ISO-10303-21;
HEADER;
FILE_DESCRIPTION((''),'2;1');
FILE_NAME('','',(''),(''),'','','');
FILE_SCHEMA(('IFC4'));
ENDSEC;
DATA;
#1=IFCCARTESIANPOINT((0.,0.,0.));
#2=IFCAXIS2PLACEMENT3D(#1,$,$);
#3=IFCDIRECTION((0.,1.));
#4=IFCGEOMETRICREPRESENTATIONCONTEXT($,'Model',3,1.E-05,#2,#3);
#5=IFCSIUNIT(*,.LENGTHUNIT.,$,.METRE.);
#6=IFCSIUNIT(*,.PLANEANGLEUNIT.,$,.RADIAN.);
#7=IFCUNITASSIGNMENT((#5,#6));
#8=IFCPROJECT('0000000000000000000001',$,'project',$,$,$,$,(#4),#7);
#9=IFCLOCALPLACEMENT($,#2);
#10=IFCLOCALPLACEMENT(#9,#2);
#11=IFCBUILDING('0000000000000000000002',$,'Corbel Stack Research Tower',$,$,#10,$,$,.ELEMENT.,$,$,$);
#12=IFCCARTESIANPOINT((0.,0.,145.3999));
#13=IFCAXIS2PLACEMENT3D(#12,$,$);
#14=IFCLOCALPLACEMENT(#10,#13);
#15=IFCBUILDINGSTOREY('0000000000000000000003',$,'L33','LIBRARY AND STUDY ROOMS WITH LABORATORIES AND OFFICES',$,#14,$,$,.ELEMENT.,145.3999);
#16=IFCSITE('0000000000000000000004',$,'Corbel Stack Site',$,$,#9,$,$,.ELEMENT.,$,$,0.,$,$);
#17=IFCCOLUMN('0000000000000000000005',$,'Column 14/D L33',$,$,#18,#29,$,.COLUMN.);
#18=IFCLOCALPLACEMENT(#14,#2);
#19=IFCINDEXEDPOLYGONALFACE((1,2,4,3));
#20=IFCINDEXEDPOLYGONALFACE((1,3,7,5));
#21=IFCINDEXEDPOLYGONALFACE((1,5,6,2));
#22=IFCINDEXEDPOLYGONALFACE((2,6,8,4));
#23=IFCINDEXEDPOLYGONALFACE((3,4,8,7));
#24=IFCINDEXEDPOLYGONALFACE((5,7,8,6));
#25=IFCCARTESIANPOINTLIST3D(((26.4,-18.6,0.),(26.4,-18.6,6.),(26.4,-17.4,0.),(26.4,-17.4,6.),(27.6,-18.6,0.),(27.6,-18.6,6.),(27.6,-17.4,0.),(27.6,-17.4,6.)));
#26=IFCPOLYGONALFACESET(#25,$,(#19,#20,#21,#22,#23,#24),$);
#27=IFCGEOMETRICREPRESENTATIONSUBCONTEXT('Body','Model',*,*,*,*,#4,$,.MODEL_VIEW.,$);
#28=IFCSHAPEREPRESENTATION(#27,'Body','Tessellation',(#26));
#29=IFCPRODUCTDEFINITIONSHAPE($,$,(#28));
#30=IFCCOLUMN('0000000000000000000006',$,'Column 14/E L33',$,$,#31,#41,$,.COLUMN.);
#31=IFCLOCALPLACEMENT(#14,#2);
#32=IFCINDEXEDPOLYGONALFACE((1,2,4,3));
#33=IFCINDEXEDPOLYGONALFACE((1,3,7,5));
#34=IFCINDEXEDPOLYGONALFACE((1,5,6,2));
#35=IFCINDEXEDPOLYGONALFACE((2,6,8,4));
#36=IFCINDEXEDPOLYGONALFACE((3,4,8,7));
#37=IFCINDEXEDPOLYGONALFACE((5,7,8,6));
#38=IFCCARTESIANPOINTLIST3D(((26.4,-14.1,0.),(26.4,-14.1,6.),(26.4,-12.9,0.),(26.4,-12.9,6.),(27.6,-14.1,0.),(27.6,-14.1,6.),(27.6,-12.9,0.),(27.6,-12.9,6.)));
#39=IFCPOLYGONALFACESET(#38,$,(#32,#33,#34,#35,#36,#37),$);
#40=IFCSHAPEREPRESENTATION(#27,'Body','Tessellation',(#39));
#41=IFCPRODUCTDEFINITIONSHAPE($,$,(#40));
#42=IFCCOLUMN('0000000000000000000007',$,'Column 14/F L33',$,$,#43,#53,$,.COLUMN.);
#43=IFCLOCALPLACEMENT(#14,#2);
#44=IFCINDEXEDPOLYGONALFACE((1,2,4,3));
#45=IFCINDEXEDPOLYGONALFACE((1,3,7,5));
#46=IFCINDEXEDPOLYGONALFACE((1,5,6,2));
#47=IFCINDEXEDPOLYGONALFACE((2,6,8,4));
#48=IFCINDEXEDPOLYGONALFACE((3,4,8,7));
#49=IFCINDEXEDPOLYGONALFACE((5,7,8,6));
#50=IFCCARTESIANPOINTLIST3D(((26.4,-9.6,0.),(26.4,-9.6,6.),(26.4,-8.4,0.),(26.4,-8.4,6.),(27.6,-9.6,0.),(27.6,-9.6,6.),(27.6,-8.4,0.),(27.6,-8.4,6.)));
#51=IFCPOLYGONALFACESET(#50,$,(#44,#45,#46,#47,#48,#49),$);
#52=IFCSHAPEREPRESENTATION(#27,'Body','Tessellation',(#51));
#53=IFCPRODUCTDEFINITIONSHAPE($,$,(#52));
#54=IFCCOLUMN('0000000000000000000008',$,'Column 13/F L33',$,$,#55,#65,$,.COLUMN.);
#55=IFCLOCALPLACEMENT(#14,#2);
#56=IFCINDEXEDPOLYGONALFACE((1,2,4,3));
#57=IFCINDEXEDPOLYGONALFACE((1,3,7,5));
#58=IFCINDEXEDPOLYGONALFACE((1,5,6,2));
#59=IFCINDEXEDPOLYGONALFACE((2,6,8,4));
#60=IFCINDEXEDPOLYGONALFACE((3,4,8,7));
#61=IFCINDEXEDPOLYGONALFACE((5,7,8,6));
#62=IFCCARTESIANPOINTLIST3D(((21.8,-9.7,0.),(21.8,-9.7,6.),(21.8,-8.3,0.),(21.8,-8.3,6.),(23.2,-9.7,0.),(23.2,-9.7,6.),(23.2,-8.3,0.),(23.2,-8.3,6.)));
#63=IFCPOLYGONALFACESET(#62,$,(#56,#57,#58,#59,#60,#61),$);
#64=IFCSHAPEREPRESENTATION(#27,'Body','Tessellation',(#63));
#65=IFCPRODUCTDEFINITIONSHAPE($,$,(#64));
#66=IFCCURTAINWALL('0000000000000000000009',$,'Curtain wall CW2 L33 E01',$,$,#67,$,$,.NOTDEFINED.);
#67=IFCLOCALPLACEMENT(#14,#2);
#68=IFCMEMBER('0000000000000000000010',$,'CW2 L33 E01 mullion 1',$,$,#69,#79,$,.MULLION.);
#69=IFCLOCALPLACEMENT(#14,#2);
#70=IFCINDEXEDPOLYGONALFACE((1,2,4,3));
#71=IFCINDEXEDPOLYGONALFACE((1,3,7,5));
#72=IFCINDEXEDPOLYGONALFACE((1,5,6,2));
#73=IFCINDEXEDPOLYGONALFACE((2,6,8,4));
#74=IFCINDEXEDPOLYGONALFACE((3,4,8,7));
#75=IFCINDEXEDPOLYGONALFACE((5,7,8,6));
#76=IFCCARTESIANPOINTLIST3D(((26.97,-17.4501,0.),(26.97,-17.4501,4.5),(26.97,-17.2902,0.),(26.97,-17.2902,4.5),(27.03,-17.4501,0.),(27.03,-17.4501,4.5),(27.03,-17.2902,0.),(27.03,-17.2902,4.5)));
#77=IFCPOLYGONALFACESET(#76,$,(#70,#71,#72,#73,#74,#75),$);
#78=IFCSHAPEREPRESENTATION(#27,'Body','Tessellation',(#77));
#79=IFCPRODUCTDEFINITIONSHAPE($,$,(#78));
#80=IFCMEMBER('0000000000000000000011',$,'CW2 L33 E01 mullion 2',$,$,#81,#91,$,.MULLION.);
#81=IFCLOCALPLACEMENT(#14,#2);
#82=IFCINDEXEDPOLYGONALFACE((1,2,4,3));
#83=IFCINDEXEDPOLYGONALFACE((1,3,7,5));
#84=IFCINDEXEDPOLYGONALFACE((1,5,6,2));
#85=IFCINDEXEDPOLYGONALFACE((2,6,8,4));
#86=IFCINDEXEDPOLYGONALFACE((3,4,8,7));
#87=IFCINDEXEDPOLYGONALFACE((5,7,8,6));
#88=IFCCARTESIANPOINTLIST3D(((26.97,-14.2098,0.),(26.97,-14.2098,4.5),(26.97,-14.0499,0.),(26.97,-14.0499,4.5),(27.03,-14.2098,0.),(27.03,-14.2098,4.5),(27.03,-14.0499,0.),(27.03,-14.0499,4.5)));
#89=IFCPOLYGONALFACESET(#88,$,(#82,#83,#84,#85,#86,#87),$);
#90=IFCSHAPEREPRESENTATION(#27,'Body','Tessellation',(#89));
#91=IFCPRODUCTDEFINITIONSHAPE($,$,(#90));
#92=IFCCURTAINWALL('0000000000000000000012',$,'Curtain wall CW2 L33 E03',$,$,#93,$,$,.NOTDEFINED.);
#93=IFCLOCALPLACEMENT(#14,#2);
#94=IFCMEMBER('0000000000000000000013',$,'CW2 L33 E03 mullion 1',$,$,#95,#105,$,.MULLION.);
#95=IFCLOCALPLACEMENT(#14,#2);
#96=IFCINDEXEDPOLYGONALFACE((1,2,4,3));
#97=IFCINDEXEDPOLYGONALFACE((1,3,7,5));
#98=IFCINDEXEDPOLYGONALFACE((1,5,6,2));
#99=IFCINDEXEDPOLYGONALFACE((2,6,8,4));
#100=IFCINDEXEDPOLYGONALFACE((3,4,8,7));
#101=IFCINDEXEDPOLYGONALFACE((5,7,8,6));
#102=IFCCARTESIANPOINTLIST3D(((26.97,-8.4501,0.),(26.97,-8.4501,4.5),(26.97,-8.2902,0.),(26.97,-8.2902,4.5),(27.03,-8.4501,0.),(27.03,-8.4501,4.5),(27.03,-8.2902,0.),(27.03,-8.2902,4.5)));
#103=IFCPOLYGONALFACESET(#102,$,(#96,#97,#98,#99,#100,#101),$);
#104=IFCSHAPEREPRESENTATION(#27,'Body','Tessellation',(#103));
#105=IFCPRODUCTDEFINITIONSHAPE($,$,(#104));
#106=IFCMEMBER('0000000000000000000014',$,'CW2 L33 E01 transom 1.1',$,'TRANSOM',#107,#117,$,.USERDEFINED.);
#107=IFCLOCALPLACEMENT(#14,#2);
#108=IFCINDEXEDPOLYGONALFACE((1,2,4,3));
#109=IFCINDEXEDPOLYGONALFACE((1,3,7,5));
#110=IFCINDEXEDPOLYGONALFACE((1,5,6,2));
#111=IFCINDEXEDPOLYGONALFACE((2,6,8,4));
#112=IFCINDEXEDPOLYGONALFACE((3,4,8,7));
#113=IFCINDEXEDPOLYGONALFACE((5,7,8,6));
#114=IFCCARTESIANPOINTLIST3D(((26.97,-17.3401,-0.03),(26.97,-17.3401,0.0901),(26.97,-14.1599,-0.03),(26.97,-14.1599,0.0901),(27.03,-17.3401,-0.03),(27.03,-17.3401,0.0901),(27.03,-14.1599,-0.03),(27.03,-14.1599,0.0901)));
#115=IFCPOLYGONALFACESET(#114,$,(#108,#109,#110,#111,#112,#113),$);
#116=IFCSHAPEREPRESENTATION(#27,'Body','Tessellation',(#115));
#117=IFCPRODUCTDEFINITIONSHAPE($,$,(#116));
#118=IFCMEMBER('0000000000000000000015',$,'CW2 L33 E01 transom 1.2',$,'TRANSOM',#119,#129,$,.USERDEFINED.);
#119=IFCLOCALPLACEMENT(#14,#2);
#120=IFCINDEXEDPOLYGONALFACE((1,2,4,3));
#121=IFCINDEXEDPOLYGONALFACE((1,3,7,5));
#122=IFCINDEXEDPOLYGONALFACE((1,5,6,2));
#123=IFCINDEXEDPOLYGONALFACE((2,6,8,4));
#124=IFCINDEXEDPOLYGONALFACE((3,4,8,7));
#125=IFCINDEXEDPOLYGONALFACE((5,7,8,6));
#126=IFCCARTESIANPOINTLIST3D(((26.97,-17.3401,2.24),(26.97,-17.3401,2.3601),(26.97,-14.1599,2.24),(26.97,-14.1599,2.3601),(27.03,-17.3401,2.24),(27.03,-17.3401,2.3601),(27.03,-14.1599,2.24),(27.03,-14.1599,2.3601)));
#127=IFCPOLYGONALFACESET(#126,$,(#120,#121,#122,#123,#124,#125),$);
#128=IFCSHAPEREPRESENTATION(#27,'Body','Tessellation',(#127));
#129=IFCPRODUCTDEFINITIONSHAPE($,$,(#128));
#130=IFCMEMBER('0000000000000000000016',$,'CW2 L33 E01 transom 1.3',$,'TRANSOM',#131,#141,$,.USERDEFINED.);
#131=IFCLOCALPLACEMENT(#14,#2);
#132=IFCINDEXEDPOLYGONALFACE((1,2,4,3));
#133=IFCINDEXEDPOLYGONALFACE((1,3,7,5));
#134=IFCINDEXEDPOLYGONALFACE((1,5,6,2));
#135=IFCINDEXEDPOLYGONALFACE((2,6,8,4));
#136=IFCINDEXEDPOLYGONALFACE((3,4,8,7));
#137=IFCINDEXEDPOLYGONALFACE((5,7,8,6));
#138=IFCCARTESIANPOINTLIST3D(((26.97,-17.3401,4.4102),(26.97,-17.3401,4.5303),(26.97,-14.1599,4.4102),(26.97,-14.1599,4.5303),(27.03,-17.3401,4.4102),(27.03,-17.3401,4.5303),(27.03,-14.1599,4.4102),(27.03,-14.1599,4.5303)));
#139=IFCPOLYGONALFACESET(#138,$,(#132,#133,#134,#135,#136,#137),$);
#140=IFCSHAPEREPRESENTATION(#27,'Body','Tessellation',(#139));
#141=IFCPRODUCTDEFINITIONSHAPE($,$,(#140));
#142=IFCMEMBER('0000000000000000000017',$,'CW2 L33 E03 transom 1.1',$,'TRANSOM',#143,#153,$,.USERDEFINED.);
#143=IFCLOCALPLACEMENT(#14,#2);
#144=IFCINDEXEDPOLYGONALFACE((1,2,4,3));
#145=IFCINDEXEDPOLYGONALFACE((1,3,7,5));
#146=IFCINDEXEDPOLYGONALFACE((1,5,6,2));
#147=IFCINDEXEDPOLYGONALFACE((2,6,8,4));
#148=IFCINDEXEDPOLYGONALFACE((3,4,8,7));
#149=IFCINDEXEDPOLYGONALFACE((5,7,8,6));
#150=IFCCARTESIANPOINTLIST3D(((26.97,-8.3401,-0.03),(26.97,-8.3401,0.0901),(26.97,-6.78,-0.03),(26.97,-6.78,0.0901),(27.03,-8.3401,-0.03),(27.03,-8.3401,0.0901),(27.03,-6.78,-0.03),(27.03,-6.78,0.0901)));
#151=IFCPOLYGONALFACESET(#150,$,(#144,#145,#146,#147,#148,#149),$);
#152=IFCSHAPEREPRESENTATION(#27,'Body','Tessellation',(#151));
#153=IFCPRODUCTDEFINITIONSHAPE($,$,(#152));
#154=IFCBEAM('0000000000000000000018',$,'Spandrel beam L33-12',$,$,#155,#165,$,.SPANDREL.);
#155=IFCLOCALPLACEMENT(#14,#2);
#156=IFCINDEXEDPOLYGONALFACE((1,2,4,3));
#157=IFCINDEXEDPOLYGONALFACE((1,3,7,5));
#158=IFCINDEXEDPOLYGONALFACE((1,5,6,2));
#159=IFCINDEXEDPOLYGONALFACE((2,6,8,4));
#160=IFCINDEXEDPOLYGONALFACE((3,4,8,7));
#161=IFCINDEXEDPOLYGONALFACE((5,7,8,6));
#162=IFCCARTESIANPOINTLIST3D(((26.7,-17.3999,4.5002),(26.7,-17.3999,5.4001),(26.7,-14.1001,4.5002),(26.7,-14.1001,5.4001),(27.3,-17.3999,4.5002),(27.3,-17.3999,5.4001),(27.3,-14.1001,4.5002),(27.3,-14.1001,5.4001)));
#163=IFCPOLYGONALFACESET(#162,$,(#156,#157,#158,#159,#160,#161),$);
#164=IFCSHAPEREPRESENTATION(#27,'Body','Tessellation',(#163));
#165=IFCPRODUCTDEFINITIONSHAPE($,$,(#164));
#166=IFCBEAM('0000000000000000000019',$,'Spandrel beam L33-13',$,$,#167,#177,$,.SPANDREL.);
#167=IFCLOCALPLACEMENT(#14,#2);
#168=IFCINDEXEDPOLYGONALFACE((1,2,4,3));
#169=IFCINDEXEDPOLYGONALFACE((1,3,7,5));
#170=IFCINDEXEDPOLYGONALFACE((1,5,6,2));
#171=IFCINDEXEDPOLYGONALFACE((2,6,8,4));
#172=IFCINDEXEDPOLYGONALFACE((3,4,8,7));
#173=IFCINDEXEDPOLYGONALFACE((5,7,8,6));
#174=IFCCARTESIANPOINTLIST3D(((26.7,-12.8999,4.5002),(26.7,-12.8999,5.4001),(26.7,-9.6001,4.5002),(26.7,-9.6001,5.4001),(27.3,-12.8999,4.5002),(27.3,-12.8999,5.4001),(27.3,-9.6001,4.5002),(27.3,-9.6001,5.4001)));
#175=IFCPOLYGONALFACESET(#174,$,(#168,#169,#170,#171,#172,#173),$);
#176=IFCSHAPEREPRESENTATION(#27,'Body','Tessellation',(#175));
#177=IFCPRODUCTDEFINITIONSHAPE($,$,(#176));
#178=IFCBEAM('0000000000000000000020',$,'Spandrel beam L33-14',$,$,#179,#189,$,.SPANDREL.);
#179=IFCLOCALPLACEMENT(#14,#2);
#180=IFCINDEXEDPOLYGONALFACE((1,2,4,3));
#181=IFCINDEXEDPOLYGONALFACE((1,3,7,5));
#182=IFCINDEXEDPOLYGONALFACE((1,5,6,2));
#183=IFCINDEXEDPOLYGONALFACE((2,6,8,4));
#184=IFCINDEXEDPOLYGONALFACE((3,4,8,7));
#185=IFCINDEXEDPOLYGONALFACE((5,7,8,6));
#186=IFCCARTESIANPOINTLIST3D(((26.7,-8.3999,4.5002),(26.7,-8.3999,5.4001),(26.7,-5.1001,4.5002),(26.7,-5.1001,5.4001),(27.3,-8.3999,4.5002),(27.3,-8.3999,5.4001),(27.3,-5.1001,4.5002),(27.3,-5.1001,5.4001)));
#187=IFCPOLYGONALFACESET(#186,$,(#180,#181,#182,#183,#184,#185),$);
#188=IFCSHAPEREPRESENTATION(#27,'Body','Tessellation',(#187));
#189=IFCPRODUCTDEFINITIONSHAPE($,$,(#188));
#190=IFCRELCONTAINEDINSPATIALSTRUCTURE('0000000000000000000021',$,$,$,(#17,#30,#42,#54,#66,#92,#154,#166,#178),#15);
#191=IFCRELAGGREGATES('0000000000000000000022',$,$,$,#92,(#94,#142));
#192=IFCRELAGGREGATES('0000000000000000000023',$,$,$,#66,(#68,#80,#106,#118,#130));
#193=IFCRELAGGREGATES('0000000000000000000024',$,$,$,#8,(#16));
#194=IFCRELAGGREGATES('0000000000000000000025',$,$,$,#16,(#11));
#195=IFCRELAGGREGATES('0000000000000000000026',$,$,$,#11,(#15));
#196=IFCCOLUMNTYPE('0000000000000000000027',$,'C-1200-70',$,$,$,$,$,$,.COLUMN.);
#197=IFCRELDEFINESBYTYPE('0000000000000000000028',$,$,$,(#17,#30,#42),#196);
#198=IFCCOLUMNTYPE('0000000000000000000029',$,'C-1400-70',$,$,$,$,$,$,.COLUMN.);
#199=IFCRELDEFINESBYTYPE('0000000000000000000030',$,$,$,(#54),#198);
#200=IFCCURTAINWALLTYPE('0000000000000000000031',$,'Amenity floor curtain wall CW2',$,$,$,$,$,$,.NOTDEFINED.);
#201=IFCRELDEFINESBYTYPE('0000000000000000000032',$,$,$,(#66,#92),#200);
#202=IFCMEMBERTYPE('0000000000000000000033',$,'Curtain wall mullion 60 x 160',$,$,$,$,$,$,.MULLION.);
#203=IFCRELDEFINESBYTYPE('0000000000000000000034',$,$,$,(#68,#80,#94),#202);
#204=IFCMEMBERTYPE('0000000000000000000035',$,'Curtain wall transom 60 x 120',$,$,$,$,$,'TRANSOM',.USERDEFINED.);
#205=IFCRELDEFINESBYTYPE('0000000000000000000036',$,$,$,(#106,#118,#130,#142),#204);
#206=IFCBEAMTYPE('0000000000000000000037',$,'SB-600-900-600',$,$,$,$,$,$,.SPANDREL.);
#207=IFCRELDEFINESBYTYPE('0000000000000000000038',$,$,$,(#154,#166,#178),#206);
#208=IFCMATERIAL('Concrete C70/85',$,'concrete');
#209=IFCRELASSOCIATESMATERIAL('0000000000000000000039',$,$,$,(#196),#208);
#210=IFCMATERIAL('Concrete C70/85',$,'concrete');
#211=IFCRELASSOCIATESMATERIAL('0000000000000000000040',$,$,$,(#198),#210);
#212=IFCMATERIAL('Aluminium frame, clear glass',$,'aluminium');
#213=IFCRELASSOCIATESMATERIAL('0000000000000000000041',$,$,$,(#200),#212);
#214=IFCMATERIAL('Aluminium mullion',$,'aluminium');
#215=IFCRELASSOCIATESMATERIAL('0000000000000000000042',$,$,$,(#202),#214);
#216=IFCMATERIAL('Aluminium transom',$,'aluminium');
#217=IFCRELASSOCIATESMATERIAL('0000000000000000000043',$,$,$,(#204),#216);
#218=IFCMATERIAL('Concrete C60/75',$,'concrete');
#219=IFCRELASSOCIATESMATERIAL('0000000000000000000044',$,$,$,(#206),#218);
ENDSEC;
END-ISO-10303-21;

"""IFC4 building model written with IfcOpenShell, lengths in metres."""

from ifc_helpers import new_model, si_unit, direction, frame, origin, origin_2d, place, context, subcontext, project, spatial, rectangle, extrude, material, material_profile, profile_set, type_object, element, aggregate, save


model = new_model("IFC4")

# Units and contexts
model_context = context("Model", 3, precision=1e-05, world=origin(), true_north=direction((0.0, 1.0)))
body_context = subcontext(model_context, "Body", "Model", "MODEL_VIEW")
ifc_project = project(units=[si_unit("LENGTHUNIT", "METRE"), si_unit("PLANEANGLEUNIT", "RADIAN")], contexts=[model_context])

# Site, building, storey
site_placement = place(None, origin())
site = spatial("IfcSite", under=ifc_project, at=site_placement, Name="Corbel Stack Site", CompositionType="ELEMENT", RefElevation=0.0)
building_placement = place(site_placement, origin())
building = spatial("IfcBuilding", under=site, at=building_placement, Name="Corbel Stack Research Tower", CompositionType="ELEMENT")
storey_placement = place(building_placement, frame((0.0, 0.0, 145.3999)))
storey = spatial("IfcBuildingStorey", under=building, at=storey_placement, Name="L33", Description="LIBRARY AND STUDY ROOMS WITH LABORATORIES AND OFFICES", CompositionType="ELEMENT", Elevation=145.3999)

# Columns
ifc_material_1 = material(Name="Concrete C70/85", Category="concrete")
ifc_material_profile_1 = material_profile(ifc_material_1, rectangle(XDim=1.2, YDim=1.2, at=origin_2d()), Name="RC 1200 x 1200")
ifc_profile_set_1 = profile_set([ifc_material_profile_1], Name="Concrete C70/85")
column_type_1 = type_object("IfcColumnType", Name="C-1200-70", PredefinedType="COLUMN", material=ifc_profile_set_1)
for number, where, z_axis, x_axis, name in (
    (1, (27.0, -18.0, 0.0), (0.0, 0.0, 1.0), (1.0, 0.0, 0.0), "Column 14/D L33"),
    (2, (27.0, -13.5, 0.0), (0.0, 0.0, 1.0), (1.0, 0.0, 0.0), "Column 14/E L33"),
    (3, (27.0, -9.0, 0.0), (0.0, 0.0, 1.0), (1.0, 0.0, 0.0), "Column 14/F L33"),
):
    element("IfcColumn", number, at=place(storey_placement, frame(where, z_axis=z_axis, x_axis=x_axis)), inside=storey, type_object=column_type_1, Name=name, PredefinedType="COLUMN", context=body_context, shape_type="SweptSolid", body=[
        extrude(rectangle(XDim=1.2, YDim=1.2, at=origin_2d()), origin(), (0.0, 0.0, 1.0), 6.0),
    ])
ifc_material_2 = material(Name="Concrete C70/85", Category="concrete")
ifc_material_profile_2 = material_profile(ifc_material_2, rectangle(XDim=1.3999, YDim=1.3999, at=origin_2d()), Name="RC 1400 x 1400")
ifc_profile_set_2 = profile_set([ifc_material_profile_2], Name="Concrete C70/85")
column_type_2 = type_object("IfcColumnType", Name="C-1400-70", PredefinedType="COLUMN", material=ifc_profile_set_2)
column_placement = place(storey_placement, frame((22.5, -9.0, 0.0), z_axis=(0.0, 0.0, 1.0), x_axis=(1.0, 0.0, 0.0)))
element("IfcColumn", 4, at=column_placement, inside=storey, type_object=column_type_2, Name="Column 13/F L33", PredefinedType="COLUMN", context=body_context, shape_type="SweptSolid", body=[
    extrude(rectangle(XDim=1.3999, YDim=1.3999, at=origin_2d()), origin(), (0.0, 0.0, 1.0), 6.0),
])

# Curtain wall, members
ifc_material_3 = material(Name="Aluminium frame, clear glass", Category="aluminium")
curtain_wall_type = type_object("IfcCurtainWallType", Name="Amenity floor curtain wall CW2", PredefinedType="NOTDEFINED", material=ifc_material_3)
curtain_wall_1_placement = place(storey_placement, origin())
curtain_wall_1 = element("IfcCurtainWall", 5, at=curtain_wall_1_placement, inside=storey, type_object=curtain_wall_type, Name="Curtain wall CW2 L33 E01", PredefinedType="NOTDEFINED")
ifc_material_4 = material(Name="Aluminium mullion", Category="aluminium")
ifc_material_profile_3 = material_profile(ifc_material_4, rectangle(XDim=0.0601, YDim=0.1599, at=origin_2d()), Name="Mullion 60 x 160")
ifc_profile_set_3 = profile_set([ifc_material_profile_3], Name="Aluminium mullion")
member_type_1 = type_object("IfcMemberType", Name="Curtain wall mullion 60 x 160", PredefinedType="MULLION", material=ifc_profile_set_3)
member_1_placement = place(storey_placement, frame((27.0, -17.3701, 0.0), z_axis=(0.0, 0.0, 1.0), x_axis=(-1.0, 0.0, 0.0)))
member_1 = element("IfcMember", 6, at=member_1_placement, type_object=member_type_1, Name="CW2 L33 E01 mullion 1", PredefinedType="MULLION", context=body_context, shape_type="SweptSolid", body=[
    extrude(rectangle(XDim=0.0601, YDim=0.1599, at=origin_2d()), origin(), (0.0, 0.0, 1.0), 4.5),
])
member_2_placement = place(storey_placement, frame((27.0, -14.1299, 0.0), z_axis=(0.0, 0.0, 1.0), x_axis=(-1.0, 0.0, 0.0)))
member_2 = element("IfcMember", 7, at=member_2_placement, type_object=member_type_1, Name="CW2 L33 E01 mullion 2", PredefinedType="MULLION", context=body_context, shape_type="SweptSolid", body=[
    extrude(rectangle(XDim=0.0601, YDim=0.1599, at=origin_2d()), origin(), (0.0, 0.0, 1.0), 4.5),
])

# Curtain wall, member
curtain_wall_2_placement = place(storey_placement, origin())
curtain_wall_2 = element("IfcCurtainWall", 8, at=curtain_wall_2_placement, inside=storey, type_object=curtain_wall_type, Name="Curtain wall CW2 L33 E03", PredefinedType="NOTDEFINED")
member_3_placement = place(storey_placement, frame((27.0, -8.3701, 0.0), z_axis=(0.0, 0.0, 1.0), x_axis=(-1.0, 0.0, 0.0)))
member_3 = element("IfcMember", 9, at=member_3_placement, type_object=member_type_1, Name="CW2 L33 E03 mullion 1", PredefinedType="MULLION", context=body_context, shape_type="SweptSolid", body=[
    extrude(rectangle(XDim=0.0601, YDim=0.1599, at=origin_2d()), origin(), (0.0, 0.0, 1.0), 4.5),
])

# Members
ifc_material_5 = material(Name="Aluminium transom", Category="aluminium")
ifc_material_profile_4 = material_profile(ifc_material_5, rectangle(XDim=0.0601, YDim=0.1201, at=origin_2d()), Name="Transom 60 x 120")
ifc_profile_set_4 = profile_set([ifc_material_profile_4], Name="Aluminium transom")
member_type_2 = type_object("IfcMemberType", Name="Curtain wall transom 60 x 120", ElementType="TRANSOM", PredefinedType="USERDEFINED", material=ifc_profile_set_4)
member_4_placement = place(storey_placement, frame((27.0, -17.3401, 0.03), z_axis=(0.0, 1.0, 0.0), x_axis=(-1.0, 0.0, 0.0)))
member_4 = element("IfcMember", 10, at=member_4_placement, type_object=member_type_2, Name="CW2 L33 E01 transom 1.1", ObjectType="TRANSOM", PredefinedType="USERDEFINED", context=body_context, shape_type="SweptSolid", body=[
    extrude(rectangle(XDim=0.0601, YDim=0.1201, at=origin_2d()), origin(), (0.0, 0.0, 1.0), 3.1802),
])
member_5_placement = place(storey_placement, frame((27.0, -17.3401, 2.3), z_axis=(0.0, 1.0, 0.0), x_axis=(-1.0, 0.0, 0.0)))
member_5 = element("IfcMember", 11, at=member_5_placement, type_object=member_type_2, Name="CW2 L33 E01 transom 1.2", ObjectType="TRANSOM", PredefinedType="USERDEFINED", context=body_context, shape_type="SweptSolid", body=[
    extrude(rectangle(XDim=0.0601, YDim=0.1201, at=origin_2d()), origin(), (0.0, 0.0, 1.0), 3.1802),
])
member_6_placement = place(storey_placement, frame((27.0, -17.3401, 4.4702), z_axis=(0.0, 1.0, 0.0), x_axis=(-1.0, 0.0, 0.0)))
member_6 = element("IfcMember", 12, at=member_6_placement, type_object=member_type_2, Name="CW2 L33 E01 transom 1.3", ObjectType="TRANSOM", PredefinedType="USERDEFINED", context=body_context, shape_type="SweptSolid", body=[
    extrude(rectangle(XDim=0.0601, YDim=0.1201, at=origin_2d()), origin(), (0.0, 0.0, 1.0), 3.1802),
])
member_7_placement = place(storey_placement, frame((27.0, -8.3401, 0.03), z_axis=(0.0, 1.0, 0.0), x_axis=(-1.0, 0.0, 0.0)))
member_7 = element("IfcMember", 13, at=member_7_placement, type_object=member_type_2, Name="CW2 L33 E03 transom 1.1", ObjectType="TRANSOM", PredefinedType="USERDEFINED", context=body_context, shape_type="SweptSolid", body=[
    extrude(rectangle(XDim=0.0601, YDim=0.1201, at=origin_2d()), origin(), (0.0, 0.0, 1.0), 1.5601),
])
aggregate(curtain_wall_2, [member_3, member_7])

# Beams
ifc_material_6 = material(Name="Concrete C60/75", Category="concrete")
ifc_material_profile_5 = material_profile(ifc_material_6, rectangle(XDim=0.6001, YDim=0.8999, at=origin_2d()), Name="RC 600 x 900")
ifc_profile_set_5 = profile_set([ifc_material_profile_5], Name="Concrete C60/75")
beam_type = type_object("IfcBeamType", Name="SB-600-900-600", PredefinedType="SPANDREL", material=ifc_profile_set_5)
for number, where, z_axis, x_axis, name in (
    (14, (27.0, -17.3999, 4.9502), (0.0, 1.0, 0.0), (-1.0, 0.0, 0.0), "Spandrel beam L33-12"),
    (15, (27.0, -12.8999, 4.9502), (0.0, 1.0, 0.0), (-1.0, 0.0, 0.0), "Spandrel beam L33-13"),
    (16, (27.0, -8.3999, 4.9502), (0.0, 1.0, 0.0), (-1.0, 0.0, 0.0), "Spandrel beam L33-14"),
):
    element("IfcBeam", number, at=place(storey_placement, frame(where, z_axis=z_axis, x_axis=x_axis)), inside=storey, type_object=beam_type, Name=name, PredefinedType="SPANDREL", context=body_context, shape_type="SweptSolid", body=[
        extrude(rectangle(XDim=0.6001, YDim=0.8999, at=origin_2d()), origin(), (0.0, 0.0, 1.0), 3.2998),
    ])

aggregate(curtain_wall_1, [member_1, member_2, member_4, member_5, member_6])

save(model, "model.ifc")
